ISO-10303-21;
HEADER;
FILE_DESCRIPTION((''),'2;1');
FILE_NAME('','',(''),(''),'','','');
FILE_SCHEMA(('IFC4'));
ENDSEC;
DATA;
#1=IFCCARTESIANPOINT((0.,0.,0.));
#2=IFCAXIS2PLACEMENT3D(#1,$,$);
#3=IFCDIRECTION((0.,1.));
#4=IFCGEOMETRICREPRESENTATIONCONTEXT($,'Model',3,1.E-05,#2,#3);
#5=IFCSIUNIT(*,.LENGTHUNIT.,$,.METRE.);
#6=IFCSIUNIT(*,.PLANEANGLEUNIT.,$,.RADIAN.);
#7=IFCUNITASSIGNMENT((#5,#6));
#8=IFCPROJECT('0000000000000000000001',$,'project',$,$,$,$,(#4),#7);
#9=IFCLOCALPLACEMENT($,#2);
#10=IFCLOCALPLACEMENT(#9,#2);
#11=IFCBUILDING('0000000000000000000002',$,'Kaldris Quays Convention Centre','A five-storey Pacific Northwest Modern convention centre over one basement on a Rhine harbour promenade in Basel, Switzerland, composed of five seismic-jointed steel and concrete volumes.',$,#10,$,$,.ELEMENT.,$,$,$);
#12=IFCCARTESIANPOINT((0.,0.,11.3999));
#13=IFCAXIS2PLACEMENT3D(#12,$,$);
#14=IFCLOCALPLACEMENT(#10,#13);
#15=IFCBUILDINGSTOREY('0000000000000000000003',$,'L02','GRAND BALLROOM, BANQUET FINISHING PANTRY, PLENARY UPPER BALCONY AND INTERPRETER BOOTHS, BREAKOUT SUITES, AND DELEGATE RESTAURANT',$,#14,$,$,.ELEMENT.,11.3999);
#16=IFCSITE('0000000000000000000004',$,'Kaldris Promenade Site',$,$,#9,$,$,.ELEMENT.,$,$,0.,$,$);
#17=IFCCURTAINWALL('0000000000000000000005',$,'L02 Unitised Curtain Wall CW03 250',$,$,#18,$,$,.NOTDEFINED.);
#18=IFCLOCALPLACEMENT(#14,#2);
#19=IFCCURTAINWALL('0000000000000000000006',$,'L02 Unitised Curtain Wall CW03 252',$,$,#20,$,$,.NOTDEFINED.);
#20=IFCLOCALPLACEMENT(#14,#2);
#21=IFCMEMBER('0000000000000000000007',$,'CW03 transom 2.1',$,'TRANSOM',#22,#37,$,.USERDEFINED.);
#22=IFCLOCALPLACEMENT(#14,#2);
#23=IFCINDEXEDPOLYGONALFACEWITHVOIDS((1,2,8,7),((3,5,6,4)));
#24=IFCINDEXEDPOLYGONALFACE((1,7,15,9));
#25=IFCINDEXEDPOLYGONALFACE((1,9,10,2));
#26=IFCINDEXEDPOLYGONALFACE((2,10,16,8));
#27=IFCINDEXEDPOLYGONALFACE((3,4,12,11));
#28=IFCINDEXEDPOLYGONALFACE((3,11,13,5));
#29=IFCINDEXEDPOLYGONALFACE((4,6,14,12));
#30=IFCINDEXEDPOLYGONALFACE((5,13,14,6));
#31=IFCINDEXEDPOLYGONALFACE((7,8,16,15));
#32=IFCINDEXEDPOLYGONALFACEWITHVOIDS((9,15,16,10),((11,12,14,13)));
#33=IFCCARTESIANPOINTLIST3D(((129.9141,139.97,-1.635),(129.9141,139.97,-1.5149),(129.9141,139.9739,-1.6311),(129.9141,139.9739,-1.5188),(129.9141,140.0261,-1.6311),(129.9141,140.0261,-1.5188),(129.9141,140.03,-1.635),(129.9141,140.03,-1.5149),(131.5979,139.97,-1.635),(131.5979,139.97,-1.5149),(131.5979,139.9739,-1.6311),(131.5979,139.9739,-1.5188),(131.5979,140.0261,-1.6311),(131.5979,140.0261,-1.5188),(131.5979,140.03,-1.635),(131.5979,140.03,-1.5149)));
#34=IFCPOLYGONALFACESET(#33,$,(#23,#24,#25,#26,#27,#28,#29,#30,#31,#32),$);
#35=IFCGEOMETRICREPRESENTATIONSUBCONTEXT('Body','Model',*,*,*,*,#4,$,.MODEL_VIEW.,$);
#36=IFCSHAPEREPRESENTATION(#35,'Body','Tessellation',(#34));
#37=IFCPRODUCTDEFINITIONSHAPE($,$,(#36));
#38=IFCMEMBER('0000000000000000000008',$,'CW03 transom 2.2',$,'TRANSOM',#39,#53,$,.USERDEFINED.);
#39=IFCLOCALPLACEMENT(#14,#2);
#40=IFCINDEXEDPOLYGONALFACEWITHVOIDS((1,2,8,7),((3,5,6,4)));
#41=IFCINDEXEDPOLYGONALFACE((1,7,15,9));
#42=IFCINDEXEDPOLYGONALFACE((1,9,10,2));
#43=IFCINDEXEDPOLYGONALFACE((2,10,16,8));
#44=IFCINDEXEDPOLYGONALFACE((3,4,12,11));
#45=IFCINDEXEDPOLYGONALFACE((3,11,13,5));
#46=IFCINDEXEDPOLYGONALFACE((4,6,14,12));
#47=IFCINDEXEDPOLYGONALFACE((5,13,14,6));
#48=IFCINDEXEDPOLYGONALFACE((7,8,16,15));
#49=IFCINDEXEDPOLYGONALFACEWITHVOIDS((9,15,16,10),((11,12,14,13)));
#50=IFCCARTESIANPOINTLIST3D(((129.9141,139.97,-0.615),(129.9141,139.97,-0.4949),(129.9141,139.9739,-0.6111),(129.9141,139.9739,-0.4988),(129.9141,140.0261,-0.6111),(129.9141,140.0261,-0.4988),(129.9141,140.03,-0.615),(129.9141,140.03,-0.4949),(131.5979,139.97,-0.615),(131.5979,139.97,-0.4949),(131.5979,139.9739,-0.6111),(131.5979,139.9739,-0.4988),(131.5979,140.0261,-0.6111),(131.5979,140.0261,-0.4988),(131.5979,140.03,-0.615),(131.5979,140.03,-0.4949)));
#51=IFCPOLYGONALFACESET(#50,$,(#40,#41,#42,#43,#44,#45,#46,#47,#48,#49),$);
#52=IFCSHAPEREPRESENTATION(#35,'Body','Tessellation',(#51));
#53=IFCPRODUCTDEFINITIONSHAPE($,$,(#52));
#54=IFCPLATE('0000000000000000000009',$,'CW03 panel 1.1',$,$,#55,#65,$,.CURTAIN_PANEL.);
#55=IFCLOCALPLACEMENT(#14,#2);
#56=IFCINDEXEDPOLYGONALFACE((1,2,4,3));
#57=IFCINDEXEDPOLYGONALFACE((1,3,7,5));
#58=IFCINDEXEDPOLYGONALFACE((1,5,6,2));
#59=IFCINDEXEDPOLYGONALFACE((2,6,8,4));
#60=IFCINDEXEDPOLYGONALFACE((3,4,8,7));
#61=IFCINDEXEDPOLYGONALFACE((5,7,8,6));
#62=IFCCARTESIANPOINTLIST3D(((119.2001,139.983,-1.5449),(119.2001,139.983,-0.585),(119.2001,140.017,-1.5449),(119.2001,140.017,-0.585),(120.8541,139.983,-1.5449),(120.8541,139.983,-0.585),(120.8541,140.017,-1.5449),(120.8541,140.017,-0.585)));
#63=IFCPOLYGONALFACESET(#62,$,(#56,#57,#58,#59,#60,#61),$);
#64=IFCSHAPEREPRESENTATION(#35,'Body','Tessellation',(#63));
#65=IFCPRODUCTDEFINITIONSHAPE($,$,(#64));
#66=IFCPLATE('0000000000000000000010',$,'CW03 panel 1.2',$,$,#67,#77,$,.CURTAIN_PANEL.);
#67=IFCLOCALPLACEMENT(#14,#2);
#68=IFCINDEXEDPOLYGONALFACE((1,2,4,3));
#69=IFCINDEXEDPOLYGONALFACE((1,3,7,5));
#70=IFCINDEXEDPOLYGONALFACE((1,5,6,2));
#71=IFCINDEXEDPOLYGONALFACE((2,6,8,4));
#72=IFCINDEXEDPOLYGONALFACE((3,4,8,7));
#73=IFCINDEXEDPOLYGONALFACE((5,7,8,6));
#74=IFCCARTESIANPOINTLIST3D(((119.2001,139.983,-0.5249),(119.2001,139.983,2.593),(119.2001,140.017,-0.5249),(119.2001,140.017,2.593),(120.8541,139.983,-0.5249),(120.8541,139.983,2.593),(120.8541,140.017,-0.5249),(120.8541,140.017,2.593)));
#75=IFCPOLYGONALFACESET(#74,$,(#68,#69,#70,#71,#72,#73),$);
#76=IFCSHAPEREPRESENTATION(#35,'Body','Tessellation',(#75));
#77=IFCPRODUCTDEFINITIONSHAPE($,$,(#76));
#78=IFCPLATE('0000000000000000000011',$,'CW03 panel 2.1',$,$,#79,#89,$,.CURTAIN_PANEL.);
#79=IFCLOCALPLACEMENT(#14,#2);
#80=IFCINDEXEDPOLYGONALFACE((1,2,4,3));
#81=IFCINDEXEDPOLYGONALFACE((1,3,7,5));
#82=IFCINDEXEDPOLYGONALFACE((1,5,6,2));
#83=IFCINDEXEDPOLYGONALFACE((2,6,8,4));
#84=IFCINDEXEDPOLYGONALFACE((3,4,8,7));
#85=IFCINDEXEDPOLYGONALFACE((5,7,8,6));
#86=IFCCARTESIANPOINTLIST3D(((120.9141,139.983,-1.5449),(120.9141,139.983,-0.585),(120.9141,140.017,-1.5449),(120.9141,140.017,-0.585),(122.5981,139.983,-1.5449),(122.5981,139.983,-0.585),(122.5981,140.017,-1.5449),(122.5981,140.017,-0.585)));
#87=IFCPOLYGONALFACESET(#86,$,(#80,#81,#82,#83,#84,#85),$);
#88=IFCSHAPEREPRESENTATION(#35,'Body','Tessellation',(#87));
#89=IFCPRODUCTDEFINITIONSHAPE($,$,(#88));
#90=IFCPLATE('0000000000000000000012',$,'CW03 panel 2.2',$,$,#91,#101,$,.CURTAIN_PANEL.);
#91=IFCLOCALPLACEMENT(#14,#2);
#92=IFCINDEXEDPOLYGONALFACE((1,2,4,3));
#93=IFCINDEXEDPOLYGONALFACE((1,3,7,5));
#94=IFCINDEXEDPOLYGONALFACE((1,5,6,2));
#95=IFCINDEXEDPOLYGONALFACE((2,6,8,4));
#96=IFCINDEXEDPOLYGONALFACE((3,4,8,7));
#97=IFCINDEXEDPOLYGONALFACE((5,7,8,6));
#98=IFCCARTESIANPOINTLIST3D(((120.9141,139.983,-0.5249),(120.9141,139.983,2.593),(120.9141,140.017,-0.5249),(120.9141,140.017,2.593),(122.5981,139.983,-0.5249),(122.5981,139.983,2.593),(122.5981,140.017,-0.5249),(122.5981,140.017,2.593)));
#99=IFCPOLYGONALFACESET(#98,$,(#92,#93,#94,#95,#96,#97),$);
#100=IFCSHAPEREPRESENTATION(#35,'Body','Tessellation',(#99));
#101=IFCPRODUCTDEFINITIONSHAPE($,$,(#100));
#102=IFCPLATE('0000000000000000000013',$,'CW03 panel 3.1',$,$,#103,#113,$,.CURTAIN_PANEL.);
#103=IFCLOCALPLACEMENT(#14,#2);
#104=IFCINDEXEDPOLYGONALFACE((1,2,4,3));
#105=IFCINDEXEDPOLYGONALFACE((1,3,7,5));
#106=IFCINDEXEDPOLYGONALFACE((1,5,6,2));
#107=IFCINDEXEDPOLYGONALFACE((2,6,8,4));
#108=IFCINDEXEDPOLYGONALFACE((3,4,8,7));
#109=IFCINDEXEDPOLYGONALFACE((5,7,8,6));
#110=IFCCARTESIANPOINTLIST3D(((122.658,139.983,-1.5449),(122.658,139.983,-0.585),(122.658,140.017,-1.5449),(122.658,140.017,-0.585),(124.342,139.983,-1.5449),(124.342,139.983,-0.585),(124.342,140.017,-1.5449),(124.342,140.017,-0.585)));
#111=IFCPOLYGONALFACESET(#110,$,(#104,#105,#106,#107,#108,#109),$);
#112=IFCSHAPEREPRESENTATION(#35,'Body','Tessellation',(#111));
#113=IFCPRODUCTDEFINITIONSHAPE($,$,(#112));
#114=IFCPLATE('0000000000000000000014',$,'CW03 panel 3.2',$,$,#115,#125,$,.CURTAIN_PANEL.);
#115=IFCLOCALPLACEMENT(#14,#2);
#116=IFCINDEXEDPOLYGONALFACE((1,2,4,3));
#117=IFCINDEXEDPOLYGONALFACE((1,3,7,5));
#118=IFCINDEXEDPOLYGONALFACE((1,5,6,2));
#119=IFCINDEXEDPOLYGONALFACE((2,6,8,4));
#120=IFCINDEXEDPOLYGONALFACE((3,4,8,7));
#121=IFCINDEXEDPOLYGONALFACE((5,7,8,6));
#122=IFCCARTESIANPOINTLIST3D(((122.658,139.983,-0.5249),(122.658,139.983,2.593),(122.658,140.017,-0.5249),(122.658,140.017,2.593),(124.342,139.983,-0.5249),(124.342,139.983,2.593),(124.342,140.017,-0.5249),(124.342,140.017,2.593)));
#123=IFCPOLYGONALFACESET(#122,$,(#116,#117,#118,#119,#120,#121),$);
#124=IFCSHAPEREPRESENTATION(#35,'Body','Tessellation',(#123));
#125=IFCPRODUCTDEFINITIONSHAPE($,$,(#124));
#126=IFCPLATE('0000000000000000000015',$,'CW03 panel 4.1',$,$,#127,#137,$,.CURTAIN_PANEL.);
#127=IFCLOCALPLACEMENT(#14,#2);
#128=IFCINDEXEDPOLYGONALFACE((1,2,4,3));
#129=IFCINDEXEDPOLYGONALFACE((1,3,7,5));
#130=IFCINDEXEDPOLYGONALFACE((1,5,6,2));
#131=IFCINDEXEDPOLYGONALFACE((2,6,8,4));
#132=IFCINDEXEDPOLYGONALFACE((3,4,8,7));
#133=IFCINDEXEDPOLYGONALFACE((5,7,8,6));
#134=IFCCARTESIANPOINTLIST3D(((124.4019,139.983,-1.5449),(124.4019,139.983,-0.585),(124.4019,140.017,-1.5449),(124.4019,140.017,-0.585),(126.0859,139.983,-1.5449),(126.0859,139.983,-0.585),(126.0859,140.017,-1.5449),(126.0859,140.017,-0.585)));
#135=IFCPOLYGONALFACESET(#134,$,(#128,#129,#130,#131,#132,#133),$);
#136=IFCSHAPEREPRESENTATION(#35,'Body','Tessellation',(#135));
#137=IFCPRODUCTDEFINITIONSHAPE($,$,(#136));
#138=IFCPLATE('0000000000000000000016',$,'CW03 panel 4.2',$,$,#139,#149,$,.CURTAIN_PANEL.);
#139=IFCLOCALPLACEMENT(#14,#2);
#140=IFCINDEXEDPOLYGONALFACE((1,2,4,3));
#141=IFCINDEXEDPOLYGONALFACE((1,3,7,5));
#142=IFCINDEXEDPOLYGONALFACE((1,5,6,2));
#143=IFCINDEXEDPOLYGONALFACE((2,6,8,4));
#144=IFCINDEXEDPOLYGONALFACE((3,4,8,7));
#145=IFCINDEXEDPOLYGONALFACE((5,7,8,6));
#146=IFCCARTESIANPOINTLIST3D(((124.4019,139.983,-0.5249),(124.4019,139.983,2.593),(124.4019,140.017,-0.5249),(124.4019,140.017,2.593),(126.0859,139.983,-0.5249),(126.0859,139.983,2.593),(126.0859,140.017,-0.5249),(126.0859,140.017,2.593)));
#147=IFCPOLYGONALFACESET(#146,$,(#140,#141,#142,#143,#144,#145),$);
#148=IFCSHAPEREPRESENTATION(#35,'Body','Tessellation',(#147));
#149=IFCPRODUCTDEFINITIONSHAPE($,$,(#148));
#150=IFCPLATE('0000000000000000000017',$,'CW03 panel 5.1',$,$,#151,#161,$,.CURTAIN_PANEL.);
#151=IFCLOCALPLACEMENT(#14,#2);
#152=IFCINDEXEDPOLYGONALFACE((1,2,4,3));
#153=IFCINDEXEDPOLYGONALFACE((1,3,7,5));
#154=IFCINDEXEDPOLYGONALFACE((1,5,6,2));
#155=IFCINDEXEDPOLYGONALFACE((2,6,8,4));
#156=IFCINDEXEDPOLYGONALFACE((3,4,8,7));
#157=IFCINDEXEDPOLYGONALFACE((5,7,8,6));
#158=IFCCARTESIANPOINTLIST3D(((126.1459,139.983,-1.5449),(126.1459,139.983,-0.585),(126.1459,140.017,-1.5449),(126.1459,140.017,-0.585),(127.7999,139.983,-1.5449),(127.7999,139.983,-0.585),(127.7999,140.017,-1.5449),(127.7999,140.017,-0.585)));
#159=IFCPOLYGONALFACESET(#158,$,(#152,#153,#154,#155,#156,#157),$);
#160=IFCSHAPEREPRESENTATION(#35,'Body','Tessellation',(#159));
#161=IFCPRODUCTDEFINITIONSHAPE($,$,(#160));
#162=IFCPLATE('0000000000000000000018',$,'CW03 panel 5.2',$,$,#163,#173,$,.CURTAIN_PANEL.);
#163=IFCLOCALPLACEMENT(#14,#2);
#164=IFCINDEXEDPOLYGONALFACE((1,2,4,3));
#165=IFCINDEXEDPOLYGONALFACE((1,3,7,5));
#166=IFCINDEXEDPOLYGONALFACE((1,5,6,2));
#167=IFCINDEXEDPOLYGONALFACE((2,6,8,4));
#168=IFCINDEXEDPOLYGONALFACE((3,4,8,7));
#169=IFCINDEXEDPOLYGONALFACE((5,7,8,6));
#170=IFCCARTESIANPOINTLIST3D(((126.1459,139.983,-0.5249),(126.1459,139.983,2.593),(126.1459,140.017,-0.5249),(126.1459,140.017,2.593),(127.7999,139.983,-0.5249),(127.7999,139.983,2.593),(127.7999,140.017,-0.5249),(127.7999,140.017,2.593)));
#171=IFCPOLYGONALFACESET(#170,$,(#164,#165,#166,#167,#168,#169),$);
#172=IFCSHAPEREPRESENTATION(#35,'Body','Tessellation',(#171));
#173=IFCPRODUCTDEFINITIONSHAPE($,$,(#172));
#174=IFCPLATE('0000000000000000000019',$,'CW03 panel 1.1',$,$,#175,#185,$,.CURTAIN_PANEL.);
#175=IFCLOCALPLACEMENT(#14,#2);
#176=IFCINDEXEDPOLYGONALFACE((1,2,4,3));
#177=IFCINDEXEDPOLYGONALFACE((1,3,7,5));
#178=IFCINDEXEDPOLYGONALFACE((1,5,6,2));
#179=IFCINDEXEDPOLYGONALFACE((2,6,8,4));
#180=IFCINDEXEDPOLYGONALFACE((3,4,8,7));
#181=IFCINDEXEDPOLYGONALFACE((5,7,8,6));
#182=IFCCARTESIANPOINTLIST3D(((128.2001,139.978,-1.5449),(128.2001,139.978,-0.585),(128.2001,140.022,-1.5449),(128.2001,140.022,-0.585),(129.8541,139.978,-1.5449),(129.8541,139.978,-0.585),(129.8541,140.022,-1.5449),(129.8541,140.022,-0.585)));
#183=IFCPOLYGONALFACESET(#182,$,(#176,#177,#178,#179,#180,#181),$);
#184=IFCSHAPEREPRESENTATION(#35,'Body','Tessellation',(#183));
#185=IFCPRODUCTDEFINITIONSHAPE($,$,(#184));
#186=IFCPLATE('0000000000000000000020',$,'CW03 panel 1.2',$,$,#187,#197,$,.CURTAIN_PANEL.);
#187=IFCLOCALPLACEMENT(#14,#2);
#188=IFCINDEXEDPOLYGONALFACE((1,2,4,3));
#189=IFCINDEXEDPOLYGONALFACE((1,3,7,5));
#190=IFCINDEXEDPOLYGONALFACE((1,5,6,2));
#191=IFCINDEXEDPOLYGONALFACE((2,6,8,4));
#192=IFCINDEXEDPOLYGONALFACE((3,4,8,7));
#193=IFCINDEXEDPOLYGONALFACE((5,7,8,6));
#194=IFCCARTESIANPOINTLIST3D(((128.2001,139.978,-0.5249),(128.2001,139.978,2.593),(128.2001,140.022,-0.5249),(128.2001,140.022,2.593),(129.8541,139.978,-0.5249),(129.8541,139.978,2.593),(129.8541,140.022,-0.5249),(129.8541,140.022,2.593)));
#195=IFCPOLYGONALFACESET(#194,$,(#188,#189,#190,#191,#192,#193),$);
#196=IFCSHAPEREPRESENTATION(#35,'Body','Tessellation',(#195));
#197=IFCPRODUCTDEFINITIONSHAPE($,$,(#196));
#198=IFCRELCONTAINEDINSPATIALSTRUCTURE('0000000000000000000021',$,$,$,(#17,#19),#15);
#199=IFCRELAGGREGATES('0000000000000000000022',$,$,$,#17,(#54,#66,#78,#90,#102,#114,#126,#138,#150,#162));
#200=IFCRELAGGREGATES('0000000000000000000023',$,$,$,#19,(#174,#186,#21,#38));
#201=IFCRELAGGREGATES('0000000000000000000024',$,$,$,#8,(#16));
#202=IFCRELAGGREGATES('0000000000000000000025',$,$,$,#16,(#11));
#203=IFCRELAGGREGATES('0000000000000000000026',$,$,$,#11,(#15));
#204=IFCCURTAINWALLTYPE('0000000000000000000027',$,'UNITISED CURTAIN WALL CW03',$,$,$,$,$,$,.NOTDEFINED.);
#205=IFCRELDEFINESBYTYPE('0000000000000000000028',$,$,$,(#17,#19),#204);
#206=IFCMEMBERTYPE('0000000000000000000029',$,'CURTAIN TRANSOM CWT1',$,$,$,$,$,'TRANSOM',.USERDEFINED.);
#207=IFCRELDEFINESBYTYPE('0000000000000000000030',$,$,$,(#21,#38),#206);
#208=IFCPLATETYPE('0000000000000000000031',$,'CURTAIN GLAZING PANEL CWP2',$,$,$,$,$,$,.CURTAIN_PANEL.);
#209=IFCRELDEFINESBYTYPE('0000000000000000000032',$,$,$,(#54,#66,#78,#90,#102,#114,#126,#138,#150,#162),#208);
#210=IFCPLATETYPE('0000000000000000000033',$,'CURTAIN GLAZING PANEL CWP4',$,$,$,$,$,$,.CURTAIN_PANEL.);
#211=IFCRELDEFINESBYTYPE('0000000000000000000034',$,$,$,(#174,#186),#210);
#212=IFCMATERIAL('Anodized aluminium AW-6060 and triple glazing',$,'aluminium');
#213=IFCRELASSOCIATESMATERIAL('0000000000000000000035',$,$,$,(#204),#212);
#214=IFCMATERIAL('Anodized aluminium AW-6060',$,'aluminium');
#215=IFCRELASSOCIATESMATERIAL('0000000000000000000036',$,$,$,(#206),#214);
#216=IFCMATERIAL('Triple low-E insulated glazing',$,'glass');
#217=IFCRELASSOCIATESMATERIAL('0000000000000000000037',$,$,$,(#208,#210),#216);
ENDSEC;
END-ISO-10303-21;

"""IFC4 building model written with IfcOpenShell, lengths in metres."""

from ifc_helpers import new_model, si_unit, direction, frame, origin, origin_2d, place, context, subcontext, project, spatial, rectangle, hollow_rectangle, extrude, material, material_profile, profile_set, type_object, element, aggregate, save


model = new_model("IFC4")

# Units and contexts
model_context = context("Model", 3, precision=1e-05, world=origin(), true_north=direction((0.0, 1.0)))
body_context = subcontext(model_context, "Body", "Model", "MODEL_VIEW")
ifc_project = project(units=[si_unit("LENGTHUNIT", "METRE"), si_unit("PLANEANGLEUNIT", "RADIAN")], contexts=[model_context])

# Site, building, storey
site_placement = place(None, origin())
site = spatial("IfcSite", under=ifc_project, at=site_placement, Name="Kaldris Promenade Site", CompositionType="ELEMENT", RefElevation=0.0)
building_placement = place(site_placement, origin())
building = spatial("IfcBuilding", under=site, at=building_placement, Name="Kaldris Quays Convention Centre", Description="A five-storey Pacific Northwest Modern convention centre over one basement on a Rhine harbour promenade in Basel, Switzerland, composed of five seismic-jointed steel and concrete volumes.", CompositionType="ELEMENT")
storey_placement = place(building_placement, frame((0.0, 0.0, 11.3999)))
storey = spatial("IfcBuildingStorey", under=building, at=storey_placement, Name="L02", Description="GRAND BALLROOM, BANQUET FINISHING PANTRY, PLENARY UPPER BALCONY AND INTERPRETER BOOTHS, BREAKOUT SUITES, AND DELEGATE RESTAURANT", CompositionType="ELEMENT", Elevation=11.3999)

# Curtain walls
ifc_material_1 = material(Name="Anodized aluminium AW-6060 and triple glazing", Category="aluminium")
curtain_wall_type = type_object("IfcCurtainWallType", Name="UNITISED CURTAIN WALL CW03", PredefinedType="NOTDEFINED", material=ifc_material_1)
curtain_wall_1_placement = place(storey_placement, origin())
curtain_wall_1 = element("IfcCurtainWall", 1, at=curtain_wall_1_placement, inside=storey, type_object=curtain_wall_type, Name="L02 Unitised Curtain Wall CW03 250", PredefinedType="NOTDEFINED")
ifc_material_2 = material(Name="Anodized aluminium AW-6060", Category="aluminium")
curtain_wall_2_placement = place(storey_placement, origin())
curtain_wall_2 = element("IfcCurtainWall", 2, at=curtain_wall_2_placement, inside=storey, type_object=curtain_wall_type, Name="L02 Unitised Curtain Wall CW03 252", PredefinedType="NOTDEFINED")

# Members
ifc_material_profile_1 = material_profile(ifc_material_2, hollow_rectangle(XDim=0.0601, YDim=0.1201, WallThickness=0.0039, at=origin_2d()), Name="RHS 120x60x4")
ifc_profile_set_1 = profile_set([ifc_material_profile_1], Name="Anodized aluminium AW-6060")
member_type_1 = type_object("IfcMemberType", Name="CURTAIN TRANSOM CWT1", ElementType="TRANSOM", PredefinedType="USERDEFINED", material=ifc_profile_set_1)
member_1_placement = place(storey_placement, frame((129.9141, 140.0, -1.575), z_axis=(1.0, 0.0, 0.0), x_axis=(0.0, 1.0, 0.0)))
member_1 = element("IfcMember", 3, at=member_1_placement, type_object=member_type_1, Name="CW03 transom 2.1", ObjectType="TRANSOM", PredefinedType="USERDEFINED", context=body_context, shape_type="SweptSolid", body=[
    extrude(hollow_rectangle(XDim=0.0601, YDim=0.1201, WallThickness=0.0039, at=origin_2d()), origin(), (0.0, 0.0, 1.0), 1.6838),
])
member_2_placement = place(storey_placement, frame((129.9141, 140.0, -0.5549), z_axis=(1.0, 0.0, 0.0), x_axis=(0.0, 1.0, 0.0)))
member_2 = element("IfcMember", 4, at=member_2_placement, type_object=member_type_1, Name="CW03 transom 2.2", ObjectType="TRANSOM", PredefinedType="USERDEFINED", context=body_context, shape_type="SweptSolid", body=[
    extrude(hollow_rectangle(XDim=0.0601, YDim=0.1201, WallThickness=0.0039, at=origin_2d()), origin(), (0.0, 0.0, 1.0), 1.6838),
])

# Plates
ifc_material_3 = material(Name="Triple low-E insulated glazing", Category="glass")
plate_type_1 = type_object("IfcPlateType", Name="CURTAIN GLAZING PANEL CWP2", PredefinedType="CURTAIN_PANEL", material=ifc_material_3)
plate_1_placement = place(storey_placement, frame((120.0271, 140.0, -1.5449), z_axis=(0.0, 0.0, 1.0), x_axis=(1.0, 0.0, 0.0)))
plate_1 = element("IfcPlate", 5, at=plate_1_placement, type_object=plate_type_1, Name="CW03 panel 1.1", PredefinedType="CURTAIN_PANEL", context=body_context, shape_type="SweptSolid", body=[
    extrude(rectangle(XDim=1.6541, YDim=0.0339, at=origin_2d()), origin(), (0.0, 0.0, 1.0), 0.96),
])
plate_2_placement = place(storey_placement, frame((120.0271, 140.0, -0.5249), z_axis=(0.0, 0.0, 1.0), x_axis=(1.0, 0.0, 0.0)))
plate_2 = element("IfcPlate", 6, at=plate_2_placement, type_object=plate_type_1, Name="CW03 panel 1.2", PredefinedType="CURTAIN_PANEL", context=body_context, shape_type="SweptSolid", body=[
    extrude(rectangle(XDim=1.6541, YDim=0.0339, at=origin_2d()), origin(), (0.0, 0.0, 1.0), 3.1179),
])
plate_3_placement = place(storey_placement, frame((121.7561, 140.0, -1.5449), z_axis=(0.0, 0.0, 1.0), x_axis=(1.0, 0.0, 0.0)))
plate_3 = element("IfcPlate", 7, at=plate_3_placement, type_object=plate_type_1, Name="CW03 panel 2.1", PredefinedType="CURTAIN_PANEL", context=body_context, shape_type="SweptSolid", body=[
    extrude(rectangle(XDim=1.6841, YDim=0.0339, at=origin_2d()), origin(), (0.0, 0.0, 1.0), 0.96),
])
plate_4_placement = place(storey_placement, frame((121.7561, 140.0, -0.5249), z_axis=(0.0, 0.0, 1.0), x_axis=(1.0, 0.0, 0.0)))
plate_4 = element("IfcPlate", 8, at=plate_4_placement, type_object=plate_type_1, Name="CW03 panel 2.2", PredefinedType="CURTAIN_PANEL", context=body_context, shape_type="SweptSolid", body=[
    extrude(rectangle(XDim=1.6841, YDim=0.0339, at=origin_2d()), origin(), (0.0, 0.0, 1.0), 3.1179),
])
plate_5_placement = place(storey_placement, frame((123.5, 140.0, -1.5449), z_axis=(0.0, 0.0, 1.0), x_axis=(1.0, 0.0, 0.0)))
plate_5 = element("IfcPlate", 9, at=plate_5_placement, type_object=plate_type_1, Name="CW03 panel 3.1", PredefinedType="CURTAIN_PANEL", context=body_context, shape_type="SweptSolid", body=[
    extrude(rectangle(XDim=1.6841, YDim=0.0339, at=origin_2d()), origin(), (0.0, 0.0, 1.0), 0.96),
])
plate_6_placement = place(storey_placement, frame((123.5, 140.0, -0.5249), z_axis=(0.0, 0.0, 1.0), x_axis=(1.0, 0.0, 0.0)))
plate_6 = element("IfcPlate", 10, at=plate_6_placement, type_object=plate_type_1, Name="CW03 panel 3.2", PredefinedType="CURTAIN_PANEL", context=body_context, shape_type="SweptSolid", body=[
    extrude(rectangle(XDim=1.6841, YDim=0.0339, at=origin_2d()), origin(), (0.0, 0.0, 1.0), 3.1179),
])
plate_7_placement = place(storey_placement, frame((125.2439, 140.0, -1.5449), z_axis=(0.0, 0.0, 1.0), x_axis=(1.0, 0.0, 0.0)))
plate_7 = element("IfcPlate", 11, at=plate_7_placement, type_object=plate_type_1, Name="CW03 panel 4.1", PredefinedType="CURTAIN_PANEL", context=body_context, shape_type="SweptSolid", body=[
    extrude(rectangle(XDim=1.6841, YDim=0.0339, at=origin_2d()), origin(), (0.0, 0.0, 1.0), 0.96),
])
plate_8_placement = place(storey_placement, frame((125.2439, 140.0, -0.5249), z_axis=(0.0, 0.0, 1.0), x_axis=(1.0, 0.0, 0.0)))
plate_8 = element("IfcPlate", 12, at=plate_8_placement, type_object=plate_type_1, Name="CW03 panel 4.2", PredefinedType="CURTAIN_PANEL", context=body_context, shape_type="SweptSolid", body=[
    extrude(rectangle(XDim=1.6841, YDim=0.0339, at=origin_2d()), origin(), (0.0, 0.0, 1.0), 3.1179),
])
plate_9_placement = place(storey_placement, frame((126.9729, 140.0, -1.5449), z_axis=(0.0, 0.0, 1.0), x_axis=(1.0, 0.0, 0.0)))
plate_9 = element("IfcPlate", 13, at=plate_9_placement, type_object=plate_type_1, Name="CW03 panel 5.1", PredefinedType="CURTAIN_PANEL", context=body_context, shape_type="SweptSolid", body=[
    extrude(rectangle(XDim=1.6541, YDim=0.0339, at=origin_2d()), origin(), (0.0, 0.0, 1.0), 0.96),
])
plate_10_placement = place(storey_placement, frame((126.9729, 140.0, -0.5249), z_axis=(0.0, 0.0, 1.0), x_axis=(1.0, 0.0, 0.0)))
plate_10 = element("IfcPlate", 14, at=plate_10_placement, type_object=plate_type_1, Name="CW03 panel 5.2", PredefinedType="CURTAIN_PANEL", context=body_context, shape_type="SweptSolid", body=[
    extrude(rectangle(XDim=1.6541, YDim=0.0339, at=origin_2d()), origin(), (0.0, 0.0, 1.0), 3.1179),
])
aggregate(curtain_wall_1, [plate_1, plate_2, plate_3, plate_4, plate_5, plate_6, plate_7, plate_8, plate_9, plate_10])
plate_type_2 = type_object("IfcPlateType", Name="CURTAIN GLAZING PANEL CWP4", PredefinedType="CURTAIN_PANEL", material=ifc_material_3)
plate_11_placement = place(storey_placement, frame((129.0271, 140.0, -1.5449), z_axis=(0.0, 0.0, 1.0), x_axis=(1.0, 0.0, 0.0)))
plate_11 = element("IfcPlate", 15, at=plate_11_placement, type_object=plate_type_2, Name="CW03 panel 1.1", PredefinedType="CURTAIN_PANEL", context=body_context, shape_type="SweptSolid", body=[
    extrude(rectangle(XDim=1.6541, YDim=0.0439, at=origin_2d()), origin(), (0.0, 0.0, 1.0), 0.96),
])
plate_12_placement = place(storey_placement, frame((129.0271, 140.0, -0.5249), z_axis=(0.0, 0.0, 1.0), x_axis=(1.0, 0.0, 0.0)))
plate_12 = element("IfcPlate", 16, at=plate_12_placement, type_object=plate_type_2, Name="CW03 panel 1.2", PredefinedType="CURTAIN_PANEL", context=body_context, shape_type="SweptSolid", body=[
    extrude(rectangle(XDim=1.6541, YDim=0.0439, at=origin_2d()), origin(), (0.0, 0.0, 1.0), 3.1179),
])
aggregate(curtain_wall_2, [plate_11, plate_12, member_1, member_2])

save(model, "model.ifc")
